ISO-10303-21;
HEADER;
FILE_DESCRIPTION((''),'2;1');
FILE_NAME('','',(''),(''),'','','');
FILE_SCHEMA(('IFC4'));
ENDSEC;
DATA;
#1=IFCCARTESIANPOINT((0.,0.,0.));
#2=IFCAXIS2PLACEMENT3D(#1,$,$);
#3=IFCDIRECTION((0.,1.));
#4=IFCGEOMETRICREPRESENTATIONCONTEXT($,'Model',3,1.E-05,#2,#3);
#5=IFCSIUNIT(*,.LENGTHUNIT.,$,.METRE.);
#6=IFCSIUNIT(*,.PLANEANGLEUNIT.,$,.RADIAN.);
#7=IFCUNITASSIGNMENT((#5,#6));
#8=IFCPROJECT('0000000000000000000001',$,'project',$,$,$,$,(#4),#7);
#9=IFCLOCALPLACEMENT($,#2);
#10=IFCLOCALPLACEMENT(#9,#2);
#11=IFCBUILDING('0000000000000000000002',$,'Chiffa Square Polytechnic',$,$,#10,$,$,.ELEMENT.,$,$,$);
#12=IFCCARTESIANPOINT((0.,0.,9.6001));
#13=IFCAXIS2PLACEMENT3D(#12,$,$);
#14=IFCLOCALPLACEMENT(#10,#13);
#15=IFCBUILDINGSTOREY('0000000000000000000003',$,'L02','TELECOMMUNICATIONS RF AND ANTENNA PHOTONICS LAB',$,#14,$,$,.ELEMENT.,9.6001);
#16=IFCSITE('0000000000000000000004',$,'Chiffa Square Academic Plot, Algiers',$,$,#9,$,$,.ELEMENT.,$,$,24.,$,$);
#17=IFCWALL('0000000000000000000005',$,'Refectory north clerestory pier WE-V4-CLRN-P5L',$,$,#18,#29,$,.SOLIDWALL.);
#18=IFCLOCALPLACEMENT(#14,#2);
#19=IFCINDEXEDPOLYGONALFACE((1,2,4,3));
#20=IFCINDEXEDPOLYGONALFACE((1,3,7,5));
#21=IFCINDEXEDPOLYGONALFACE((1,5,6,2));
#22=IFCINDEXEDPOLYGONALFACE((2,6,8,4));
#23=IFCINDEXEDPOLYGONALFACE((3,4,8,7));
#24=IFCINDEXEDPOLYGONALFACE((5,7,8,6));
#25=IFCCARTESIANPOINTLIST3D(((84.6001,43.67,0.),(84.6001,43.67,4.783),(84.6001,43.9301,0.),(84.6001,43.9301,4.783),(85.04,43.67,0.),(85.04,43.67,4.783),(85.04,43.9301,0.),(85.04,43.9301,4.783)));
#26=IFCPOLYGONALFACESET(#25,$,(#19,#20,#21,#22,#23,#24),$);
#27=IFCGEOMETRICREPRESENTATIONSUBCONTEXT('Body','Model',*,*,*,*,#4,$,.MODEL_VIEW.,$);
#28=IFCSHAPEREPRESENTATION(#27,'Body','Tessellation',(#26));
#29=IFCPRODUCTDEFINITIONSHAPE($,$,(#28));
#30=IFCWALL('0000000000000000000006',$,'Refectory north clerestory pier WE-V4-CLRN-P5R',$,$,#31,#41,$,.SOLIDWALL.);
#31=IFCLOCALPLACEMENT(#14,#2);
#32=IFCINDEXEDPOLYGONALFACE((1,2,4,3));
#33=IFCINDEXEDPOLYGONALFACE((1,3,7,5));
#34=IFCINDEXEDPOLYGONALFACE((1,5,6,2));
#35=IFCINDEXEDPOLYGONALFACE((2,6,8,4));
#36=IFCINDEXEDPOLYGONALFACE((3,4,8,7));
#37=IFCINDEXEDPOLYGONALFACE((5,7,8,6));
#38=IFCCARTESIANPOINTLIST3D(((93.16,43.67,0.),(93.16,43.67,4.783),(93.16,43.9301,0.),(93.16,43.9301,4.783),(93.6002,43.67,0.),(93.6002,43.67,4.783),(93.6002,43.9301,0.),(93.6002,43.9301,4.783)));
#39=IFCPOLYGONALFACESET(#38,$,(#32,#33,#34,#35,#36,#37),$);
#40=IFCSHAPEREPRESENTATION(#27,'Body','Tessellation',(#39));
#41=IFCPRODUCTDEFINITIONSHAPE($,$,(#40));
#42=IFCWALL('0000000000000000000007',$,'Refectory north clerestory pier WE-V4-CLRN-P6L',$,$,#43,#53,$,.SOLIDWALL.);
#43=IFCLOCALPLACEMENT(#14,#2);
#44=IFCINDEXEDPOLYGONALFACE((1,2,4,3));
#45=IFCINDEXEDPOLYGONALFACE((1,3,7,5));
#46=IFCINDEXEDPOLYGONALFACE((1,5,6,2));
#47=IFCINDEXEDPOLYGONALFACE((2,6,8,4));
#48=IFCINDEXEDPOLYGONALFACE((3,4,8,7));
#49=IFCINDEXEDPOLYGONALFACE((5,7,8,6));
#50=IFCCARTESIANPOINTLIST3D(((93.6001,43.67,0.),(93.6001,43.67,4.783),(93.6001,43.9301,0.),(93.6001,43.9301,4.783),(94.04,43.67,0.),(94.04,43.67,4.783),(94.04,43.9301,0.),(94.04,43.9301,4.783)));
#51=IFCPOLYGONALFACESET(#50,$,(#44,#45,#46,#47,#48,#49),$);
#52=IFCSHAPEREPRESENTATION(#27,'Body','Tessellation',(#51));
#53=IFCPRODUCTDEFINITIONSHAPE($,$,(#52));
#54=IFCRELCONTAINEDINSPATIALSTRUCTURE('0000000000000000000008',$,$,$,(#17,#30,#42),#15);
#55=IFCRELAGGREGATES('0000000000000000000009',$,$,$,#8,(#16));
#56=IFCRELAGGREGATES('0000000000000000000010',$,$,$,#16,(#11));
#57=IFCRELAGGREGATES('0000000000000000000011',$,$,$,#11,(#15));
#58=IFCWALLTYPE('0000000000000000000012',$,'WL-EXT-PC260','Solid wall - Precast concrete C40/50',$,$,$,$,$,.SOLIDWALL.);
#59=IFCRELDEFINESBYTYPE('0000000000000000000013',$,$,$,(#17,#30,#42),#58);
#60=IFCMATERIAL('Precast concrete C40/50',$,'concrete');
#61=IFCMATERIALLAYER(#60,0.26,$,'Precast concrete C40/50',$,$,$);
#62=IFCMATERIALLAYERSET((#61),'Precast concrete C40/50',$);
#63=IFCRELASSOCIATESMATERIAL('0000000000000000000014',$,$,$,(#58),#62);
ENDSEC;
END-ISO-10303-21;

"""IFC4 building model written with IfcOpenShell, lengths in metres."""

from ifc_helpers import new_model, si_unit, direction, frame, frame_2d, origin, place, context, subcontext, project, spatial, rectangle, extrude, material, layer, layer_set, type_object, element, save


model = new_model("IFC4")

# Units and contexts
model_context = context("Model", 3, precision=1e-05, world=origin(), true_north=direction((0.0, 1.0)))
body_context = subcontext(model_context, "Body", "Model", "MODEL_VIEW")
ifc_project = project(units=[si_unit("LENGTHUNIT", "METRE"), si_unit("PLANEANGLEUNIT", "RADIAN")], contexts=[model_context])

# Site, building, storey
site_placement = place(None, origin())
site = spatial("IfcSite", under=ifc_project, at=site_placement, Name="Chiffa Square Academic Plot, Algiers", CompositionType="ELEMENT", RefElevation=24.0)
building_placement = place(site_placement, origin())
building = spatial("IfcBuilding", under=site, at=building_placement, Name="Chiffa Square Polytechnic", CompositionType="ELEMENT")
storey_placement = place(building_placement, frame((0.0, 0.0, 9.6001)))
storey = spatial("IfcBuildingStorey", under=building, at=storey_placement, Name="L02", Description="TELECOMMUNICATIONS RF AND ANTENNA PHOTONICS LAB", CompositionType="ELEMENT", Elevation=9.6001)

# Walls
ifc_material_1 = material(Name="Precast concrete C40/50", Category="concrete")
ifc_layer_1 = layer(ifc_material_1, 0.26, Name="Precast concrete C40/50")
ifc_layer_set_1 = layer_set([ifc_layer_1], Name="Precast concrete C40/50")
wall_type = type_object("IfcWallType", Name="WL-EXT-PC260", Description="Solid wall - Precast concrete C40/50", PredefinedType="SOLIDWALL", material=ifc_layer_set_1)
wall_1_placement = place(storey_placement, frame((84.6001, 43.8, 0.0), z_axis=(0.0, 0.0, 1.0), x_axis=(1.0, 0.0, 0.0)))
element("IfcWall", 1, at=wall_1_placement, inside=storey, type_object=wall_type, Name="Refectory north clerestory pier WE-V4-CLRN-P5L", PredefinedType="SOLIDWALL", context=body_context, shape_type="SweptSolid", body=[
    extrude(rectangle(XDim=0.4399, YDim=0.26, at=frame_2d((0.22, 0.0))), origin(), (0.0, 0.0, 1.0), 4.783),
])
wall_2_placement = place(storey_placement, frame((93.1599, 43.8, 0.0), z_axis=(0.0, 0.0, 1.0), x_axis=(1.0, 0.0, 0.0)))
element("IfcWall", 2, at=wall_2_placement, inside=storey, type_object=wall_type, Name="Refectory north clerestory pier WE-V4-CLRN-P5R", PredefinedType="SOLIDWALL", context=body_context, shape_type="SweptSolid", body=[
    extrude(rectangle(XDim=0.4402, YDim=0.26, at=frame_2d((0.2202, 0.0))), origin(), (0.0, 0.0, 1.0), 4.783),
])
wall_3_placement = place(storey_placement, frame((93.6001, 43.8, 0.0), z_axis=(0.0, 0.0, 1.0), x_axis=(1.0, 0.0, 0.0)))
element("IfcWall", 3, at=wall_3_placement, inside=storey, type_object=wall_type, Name="Refectory north clerestory pier WE-V4-CLRN-P6L", PredefinedType="SOLIDWALL", context=body_context, shape_type="SweptSolid", body=[
    extrude(rectangle(XDim=0.4399, YDim=0.26, at=frame_2d((0.22, 0.0))), origin(), (0.0, 0.0, 1.0), 4.783),
])

save(model, "model.ifc")
